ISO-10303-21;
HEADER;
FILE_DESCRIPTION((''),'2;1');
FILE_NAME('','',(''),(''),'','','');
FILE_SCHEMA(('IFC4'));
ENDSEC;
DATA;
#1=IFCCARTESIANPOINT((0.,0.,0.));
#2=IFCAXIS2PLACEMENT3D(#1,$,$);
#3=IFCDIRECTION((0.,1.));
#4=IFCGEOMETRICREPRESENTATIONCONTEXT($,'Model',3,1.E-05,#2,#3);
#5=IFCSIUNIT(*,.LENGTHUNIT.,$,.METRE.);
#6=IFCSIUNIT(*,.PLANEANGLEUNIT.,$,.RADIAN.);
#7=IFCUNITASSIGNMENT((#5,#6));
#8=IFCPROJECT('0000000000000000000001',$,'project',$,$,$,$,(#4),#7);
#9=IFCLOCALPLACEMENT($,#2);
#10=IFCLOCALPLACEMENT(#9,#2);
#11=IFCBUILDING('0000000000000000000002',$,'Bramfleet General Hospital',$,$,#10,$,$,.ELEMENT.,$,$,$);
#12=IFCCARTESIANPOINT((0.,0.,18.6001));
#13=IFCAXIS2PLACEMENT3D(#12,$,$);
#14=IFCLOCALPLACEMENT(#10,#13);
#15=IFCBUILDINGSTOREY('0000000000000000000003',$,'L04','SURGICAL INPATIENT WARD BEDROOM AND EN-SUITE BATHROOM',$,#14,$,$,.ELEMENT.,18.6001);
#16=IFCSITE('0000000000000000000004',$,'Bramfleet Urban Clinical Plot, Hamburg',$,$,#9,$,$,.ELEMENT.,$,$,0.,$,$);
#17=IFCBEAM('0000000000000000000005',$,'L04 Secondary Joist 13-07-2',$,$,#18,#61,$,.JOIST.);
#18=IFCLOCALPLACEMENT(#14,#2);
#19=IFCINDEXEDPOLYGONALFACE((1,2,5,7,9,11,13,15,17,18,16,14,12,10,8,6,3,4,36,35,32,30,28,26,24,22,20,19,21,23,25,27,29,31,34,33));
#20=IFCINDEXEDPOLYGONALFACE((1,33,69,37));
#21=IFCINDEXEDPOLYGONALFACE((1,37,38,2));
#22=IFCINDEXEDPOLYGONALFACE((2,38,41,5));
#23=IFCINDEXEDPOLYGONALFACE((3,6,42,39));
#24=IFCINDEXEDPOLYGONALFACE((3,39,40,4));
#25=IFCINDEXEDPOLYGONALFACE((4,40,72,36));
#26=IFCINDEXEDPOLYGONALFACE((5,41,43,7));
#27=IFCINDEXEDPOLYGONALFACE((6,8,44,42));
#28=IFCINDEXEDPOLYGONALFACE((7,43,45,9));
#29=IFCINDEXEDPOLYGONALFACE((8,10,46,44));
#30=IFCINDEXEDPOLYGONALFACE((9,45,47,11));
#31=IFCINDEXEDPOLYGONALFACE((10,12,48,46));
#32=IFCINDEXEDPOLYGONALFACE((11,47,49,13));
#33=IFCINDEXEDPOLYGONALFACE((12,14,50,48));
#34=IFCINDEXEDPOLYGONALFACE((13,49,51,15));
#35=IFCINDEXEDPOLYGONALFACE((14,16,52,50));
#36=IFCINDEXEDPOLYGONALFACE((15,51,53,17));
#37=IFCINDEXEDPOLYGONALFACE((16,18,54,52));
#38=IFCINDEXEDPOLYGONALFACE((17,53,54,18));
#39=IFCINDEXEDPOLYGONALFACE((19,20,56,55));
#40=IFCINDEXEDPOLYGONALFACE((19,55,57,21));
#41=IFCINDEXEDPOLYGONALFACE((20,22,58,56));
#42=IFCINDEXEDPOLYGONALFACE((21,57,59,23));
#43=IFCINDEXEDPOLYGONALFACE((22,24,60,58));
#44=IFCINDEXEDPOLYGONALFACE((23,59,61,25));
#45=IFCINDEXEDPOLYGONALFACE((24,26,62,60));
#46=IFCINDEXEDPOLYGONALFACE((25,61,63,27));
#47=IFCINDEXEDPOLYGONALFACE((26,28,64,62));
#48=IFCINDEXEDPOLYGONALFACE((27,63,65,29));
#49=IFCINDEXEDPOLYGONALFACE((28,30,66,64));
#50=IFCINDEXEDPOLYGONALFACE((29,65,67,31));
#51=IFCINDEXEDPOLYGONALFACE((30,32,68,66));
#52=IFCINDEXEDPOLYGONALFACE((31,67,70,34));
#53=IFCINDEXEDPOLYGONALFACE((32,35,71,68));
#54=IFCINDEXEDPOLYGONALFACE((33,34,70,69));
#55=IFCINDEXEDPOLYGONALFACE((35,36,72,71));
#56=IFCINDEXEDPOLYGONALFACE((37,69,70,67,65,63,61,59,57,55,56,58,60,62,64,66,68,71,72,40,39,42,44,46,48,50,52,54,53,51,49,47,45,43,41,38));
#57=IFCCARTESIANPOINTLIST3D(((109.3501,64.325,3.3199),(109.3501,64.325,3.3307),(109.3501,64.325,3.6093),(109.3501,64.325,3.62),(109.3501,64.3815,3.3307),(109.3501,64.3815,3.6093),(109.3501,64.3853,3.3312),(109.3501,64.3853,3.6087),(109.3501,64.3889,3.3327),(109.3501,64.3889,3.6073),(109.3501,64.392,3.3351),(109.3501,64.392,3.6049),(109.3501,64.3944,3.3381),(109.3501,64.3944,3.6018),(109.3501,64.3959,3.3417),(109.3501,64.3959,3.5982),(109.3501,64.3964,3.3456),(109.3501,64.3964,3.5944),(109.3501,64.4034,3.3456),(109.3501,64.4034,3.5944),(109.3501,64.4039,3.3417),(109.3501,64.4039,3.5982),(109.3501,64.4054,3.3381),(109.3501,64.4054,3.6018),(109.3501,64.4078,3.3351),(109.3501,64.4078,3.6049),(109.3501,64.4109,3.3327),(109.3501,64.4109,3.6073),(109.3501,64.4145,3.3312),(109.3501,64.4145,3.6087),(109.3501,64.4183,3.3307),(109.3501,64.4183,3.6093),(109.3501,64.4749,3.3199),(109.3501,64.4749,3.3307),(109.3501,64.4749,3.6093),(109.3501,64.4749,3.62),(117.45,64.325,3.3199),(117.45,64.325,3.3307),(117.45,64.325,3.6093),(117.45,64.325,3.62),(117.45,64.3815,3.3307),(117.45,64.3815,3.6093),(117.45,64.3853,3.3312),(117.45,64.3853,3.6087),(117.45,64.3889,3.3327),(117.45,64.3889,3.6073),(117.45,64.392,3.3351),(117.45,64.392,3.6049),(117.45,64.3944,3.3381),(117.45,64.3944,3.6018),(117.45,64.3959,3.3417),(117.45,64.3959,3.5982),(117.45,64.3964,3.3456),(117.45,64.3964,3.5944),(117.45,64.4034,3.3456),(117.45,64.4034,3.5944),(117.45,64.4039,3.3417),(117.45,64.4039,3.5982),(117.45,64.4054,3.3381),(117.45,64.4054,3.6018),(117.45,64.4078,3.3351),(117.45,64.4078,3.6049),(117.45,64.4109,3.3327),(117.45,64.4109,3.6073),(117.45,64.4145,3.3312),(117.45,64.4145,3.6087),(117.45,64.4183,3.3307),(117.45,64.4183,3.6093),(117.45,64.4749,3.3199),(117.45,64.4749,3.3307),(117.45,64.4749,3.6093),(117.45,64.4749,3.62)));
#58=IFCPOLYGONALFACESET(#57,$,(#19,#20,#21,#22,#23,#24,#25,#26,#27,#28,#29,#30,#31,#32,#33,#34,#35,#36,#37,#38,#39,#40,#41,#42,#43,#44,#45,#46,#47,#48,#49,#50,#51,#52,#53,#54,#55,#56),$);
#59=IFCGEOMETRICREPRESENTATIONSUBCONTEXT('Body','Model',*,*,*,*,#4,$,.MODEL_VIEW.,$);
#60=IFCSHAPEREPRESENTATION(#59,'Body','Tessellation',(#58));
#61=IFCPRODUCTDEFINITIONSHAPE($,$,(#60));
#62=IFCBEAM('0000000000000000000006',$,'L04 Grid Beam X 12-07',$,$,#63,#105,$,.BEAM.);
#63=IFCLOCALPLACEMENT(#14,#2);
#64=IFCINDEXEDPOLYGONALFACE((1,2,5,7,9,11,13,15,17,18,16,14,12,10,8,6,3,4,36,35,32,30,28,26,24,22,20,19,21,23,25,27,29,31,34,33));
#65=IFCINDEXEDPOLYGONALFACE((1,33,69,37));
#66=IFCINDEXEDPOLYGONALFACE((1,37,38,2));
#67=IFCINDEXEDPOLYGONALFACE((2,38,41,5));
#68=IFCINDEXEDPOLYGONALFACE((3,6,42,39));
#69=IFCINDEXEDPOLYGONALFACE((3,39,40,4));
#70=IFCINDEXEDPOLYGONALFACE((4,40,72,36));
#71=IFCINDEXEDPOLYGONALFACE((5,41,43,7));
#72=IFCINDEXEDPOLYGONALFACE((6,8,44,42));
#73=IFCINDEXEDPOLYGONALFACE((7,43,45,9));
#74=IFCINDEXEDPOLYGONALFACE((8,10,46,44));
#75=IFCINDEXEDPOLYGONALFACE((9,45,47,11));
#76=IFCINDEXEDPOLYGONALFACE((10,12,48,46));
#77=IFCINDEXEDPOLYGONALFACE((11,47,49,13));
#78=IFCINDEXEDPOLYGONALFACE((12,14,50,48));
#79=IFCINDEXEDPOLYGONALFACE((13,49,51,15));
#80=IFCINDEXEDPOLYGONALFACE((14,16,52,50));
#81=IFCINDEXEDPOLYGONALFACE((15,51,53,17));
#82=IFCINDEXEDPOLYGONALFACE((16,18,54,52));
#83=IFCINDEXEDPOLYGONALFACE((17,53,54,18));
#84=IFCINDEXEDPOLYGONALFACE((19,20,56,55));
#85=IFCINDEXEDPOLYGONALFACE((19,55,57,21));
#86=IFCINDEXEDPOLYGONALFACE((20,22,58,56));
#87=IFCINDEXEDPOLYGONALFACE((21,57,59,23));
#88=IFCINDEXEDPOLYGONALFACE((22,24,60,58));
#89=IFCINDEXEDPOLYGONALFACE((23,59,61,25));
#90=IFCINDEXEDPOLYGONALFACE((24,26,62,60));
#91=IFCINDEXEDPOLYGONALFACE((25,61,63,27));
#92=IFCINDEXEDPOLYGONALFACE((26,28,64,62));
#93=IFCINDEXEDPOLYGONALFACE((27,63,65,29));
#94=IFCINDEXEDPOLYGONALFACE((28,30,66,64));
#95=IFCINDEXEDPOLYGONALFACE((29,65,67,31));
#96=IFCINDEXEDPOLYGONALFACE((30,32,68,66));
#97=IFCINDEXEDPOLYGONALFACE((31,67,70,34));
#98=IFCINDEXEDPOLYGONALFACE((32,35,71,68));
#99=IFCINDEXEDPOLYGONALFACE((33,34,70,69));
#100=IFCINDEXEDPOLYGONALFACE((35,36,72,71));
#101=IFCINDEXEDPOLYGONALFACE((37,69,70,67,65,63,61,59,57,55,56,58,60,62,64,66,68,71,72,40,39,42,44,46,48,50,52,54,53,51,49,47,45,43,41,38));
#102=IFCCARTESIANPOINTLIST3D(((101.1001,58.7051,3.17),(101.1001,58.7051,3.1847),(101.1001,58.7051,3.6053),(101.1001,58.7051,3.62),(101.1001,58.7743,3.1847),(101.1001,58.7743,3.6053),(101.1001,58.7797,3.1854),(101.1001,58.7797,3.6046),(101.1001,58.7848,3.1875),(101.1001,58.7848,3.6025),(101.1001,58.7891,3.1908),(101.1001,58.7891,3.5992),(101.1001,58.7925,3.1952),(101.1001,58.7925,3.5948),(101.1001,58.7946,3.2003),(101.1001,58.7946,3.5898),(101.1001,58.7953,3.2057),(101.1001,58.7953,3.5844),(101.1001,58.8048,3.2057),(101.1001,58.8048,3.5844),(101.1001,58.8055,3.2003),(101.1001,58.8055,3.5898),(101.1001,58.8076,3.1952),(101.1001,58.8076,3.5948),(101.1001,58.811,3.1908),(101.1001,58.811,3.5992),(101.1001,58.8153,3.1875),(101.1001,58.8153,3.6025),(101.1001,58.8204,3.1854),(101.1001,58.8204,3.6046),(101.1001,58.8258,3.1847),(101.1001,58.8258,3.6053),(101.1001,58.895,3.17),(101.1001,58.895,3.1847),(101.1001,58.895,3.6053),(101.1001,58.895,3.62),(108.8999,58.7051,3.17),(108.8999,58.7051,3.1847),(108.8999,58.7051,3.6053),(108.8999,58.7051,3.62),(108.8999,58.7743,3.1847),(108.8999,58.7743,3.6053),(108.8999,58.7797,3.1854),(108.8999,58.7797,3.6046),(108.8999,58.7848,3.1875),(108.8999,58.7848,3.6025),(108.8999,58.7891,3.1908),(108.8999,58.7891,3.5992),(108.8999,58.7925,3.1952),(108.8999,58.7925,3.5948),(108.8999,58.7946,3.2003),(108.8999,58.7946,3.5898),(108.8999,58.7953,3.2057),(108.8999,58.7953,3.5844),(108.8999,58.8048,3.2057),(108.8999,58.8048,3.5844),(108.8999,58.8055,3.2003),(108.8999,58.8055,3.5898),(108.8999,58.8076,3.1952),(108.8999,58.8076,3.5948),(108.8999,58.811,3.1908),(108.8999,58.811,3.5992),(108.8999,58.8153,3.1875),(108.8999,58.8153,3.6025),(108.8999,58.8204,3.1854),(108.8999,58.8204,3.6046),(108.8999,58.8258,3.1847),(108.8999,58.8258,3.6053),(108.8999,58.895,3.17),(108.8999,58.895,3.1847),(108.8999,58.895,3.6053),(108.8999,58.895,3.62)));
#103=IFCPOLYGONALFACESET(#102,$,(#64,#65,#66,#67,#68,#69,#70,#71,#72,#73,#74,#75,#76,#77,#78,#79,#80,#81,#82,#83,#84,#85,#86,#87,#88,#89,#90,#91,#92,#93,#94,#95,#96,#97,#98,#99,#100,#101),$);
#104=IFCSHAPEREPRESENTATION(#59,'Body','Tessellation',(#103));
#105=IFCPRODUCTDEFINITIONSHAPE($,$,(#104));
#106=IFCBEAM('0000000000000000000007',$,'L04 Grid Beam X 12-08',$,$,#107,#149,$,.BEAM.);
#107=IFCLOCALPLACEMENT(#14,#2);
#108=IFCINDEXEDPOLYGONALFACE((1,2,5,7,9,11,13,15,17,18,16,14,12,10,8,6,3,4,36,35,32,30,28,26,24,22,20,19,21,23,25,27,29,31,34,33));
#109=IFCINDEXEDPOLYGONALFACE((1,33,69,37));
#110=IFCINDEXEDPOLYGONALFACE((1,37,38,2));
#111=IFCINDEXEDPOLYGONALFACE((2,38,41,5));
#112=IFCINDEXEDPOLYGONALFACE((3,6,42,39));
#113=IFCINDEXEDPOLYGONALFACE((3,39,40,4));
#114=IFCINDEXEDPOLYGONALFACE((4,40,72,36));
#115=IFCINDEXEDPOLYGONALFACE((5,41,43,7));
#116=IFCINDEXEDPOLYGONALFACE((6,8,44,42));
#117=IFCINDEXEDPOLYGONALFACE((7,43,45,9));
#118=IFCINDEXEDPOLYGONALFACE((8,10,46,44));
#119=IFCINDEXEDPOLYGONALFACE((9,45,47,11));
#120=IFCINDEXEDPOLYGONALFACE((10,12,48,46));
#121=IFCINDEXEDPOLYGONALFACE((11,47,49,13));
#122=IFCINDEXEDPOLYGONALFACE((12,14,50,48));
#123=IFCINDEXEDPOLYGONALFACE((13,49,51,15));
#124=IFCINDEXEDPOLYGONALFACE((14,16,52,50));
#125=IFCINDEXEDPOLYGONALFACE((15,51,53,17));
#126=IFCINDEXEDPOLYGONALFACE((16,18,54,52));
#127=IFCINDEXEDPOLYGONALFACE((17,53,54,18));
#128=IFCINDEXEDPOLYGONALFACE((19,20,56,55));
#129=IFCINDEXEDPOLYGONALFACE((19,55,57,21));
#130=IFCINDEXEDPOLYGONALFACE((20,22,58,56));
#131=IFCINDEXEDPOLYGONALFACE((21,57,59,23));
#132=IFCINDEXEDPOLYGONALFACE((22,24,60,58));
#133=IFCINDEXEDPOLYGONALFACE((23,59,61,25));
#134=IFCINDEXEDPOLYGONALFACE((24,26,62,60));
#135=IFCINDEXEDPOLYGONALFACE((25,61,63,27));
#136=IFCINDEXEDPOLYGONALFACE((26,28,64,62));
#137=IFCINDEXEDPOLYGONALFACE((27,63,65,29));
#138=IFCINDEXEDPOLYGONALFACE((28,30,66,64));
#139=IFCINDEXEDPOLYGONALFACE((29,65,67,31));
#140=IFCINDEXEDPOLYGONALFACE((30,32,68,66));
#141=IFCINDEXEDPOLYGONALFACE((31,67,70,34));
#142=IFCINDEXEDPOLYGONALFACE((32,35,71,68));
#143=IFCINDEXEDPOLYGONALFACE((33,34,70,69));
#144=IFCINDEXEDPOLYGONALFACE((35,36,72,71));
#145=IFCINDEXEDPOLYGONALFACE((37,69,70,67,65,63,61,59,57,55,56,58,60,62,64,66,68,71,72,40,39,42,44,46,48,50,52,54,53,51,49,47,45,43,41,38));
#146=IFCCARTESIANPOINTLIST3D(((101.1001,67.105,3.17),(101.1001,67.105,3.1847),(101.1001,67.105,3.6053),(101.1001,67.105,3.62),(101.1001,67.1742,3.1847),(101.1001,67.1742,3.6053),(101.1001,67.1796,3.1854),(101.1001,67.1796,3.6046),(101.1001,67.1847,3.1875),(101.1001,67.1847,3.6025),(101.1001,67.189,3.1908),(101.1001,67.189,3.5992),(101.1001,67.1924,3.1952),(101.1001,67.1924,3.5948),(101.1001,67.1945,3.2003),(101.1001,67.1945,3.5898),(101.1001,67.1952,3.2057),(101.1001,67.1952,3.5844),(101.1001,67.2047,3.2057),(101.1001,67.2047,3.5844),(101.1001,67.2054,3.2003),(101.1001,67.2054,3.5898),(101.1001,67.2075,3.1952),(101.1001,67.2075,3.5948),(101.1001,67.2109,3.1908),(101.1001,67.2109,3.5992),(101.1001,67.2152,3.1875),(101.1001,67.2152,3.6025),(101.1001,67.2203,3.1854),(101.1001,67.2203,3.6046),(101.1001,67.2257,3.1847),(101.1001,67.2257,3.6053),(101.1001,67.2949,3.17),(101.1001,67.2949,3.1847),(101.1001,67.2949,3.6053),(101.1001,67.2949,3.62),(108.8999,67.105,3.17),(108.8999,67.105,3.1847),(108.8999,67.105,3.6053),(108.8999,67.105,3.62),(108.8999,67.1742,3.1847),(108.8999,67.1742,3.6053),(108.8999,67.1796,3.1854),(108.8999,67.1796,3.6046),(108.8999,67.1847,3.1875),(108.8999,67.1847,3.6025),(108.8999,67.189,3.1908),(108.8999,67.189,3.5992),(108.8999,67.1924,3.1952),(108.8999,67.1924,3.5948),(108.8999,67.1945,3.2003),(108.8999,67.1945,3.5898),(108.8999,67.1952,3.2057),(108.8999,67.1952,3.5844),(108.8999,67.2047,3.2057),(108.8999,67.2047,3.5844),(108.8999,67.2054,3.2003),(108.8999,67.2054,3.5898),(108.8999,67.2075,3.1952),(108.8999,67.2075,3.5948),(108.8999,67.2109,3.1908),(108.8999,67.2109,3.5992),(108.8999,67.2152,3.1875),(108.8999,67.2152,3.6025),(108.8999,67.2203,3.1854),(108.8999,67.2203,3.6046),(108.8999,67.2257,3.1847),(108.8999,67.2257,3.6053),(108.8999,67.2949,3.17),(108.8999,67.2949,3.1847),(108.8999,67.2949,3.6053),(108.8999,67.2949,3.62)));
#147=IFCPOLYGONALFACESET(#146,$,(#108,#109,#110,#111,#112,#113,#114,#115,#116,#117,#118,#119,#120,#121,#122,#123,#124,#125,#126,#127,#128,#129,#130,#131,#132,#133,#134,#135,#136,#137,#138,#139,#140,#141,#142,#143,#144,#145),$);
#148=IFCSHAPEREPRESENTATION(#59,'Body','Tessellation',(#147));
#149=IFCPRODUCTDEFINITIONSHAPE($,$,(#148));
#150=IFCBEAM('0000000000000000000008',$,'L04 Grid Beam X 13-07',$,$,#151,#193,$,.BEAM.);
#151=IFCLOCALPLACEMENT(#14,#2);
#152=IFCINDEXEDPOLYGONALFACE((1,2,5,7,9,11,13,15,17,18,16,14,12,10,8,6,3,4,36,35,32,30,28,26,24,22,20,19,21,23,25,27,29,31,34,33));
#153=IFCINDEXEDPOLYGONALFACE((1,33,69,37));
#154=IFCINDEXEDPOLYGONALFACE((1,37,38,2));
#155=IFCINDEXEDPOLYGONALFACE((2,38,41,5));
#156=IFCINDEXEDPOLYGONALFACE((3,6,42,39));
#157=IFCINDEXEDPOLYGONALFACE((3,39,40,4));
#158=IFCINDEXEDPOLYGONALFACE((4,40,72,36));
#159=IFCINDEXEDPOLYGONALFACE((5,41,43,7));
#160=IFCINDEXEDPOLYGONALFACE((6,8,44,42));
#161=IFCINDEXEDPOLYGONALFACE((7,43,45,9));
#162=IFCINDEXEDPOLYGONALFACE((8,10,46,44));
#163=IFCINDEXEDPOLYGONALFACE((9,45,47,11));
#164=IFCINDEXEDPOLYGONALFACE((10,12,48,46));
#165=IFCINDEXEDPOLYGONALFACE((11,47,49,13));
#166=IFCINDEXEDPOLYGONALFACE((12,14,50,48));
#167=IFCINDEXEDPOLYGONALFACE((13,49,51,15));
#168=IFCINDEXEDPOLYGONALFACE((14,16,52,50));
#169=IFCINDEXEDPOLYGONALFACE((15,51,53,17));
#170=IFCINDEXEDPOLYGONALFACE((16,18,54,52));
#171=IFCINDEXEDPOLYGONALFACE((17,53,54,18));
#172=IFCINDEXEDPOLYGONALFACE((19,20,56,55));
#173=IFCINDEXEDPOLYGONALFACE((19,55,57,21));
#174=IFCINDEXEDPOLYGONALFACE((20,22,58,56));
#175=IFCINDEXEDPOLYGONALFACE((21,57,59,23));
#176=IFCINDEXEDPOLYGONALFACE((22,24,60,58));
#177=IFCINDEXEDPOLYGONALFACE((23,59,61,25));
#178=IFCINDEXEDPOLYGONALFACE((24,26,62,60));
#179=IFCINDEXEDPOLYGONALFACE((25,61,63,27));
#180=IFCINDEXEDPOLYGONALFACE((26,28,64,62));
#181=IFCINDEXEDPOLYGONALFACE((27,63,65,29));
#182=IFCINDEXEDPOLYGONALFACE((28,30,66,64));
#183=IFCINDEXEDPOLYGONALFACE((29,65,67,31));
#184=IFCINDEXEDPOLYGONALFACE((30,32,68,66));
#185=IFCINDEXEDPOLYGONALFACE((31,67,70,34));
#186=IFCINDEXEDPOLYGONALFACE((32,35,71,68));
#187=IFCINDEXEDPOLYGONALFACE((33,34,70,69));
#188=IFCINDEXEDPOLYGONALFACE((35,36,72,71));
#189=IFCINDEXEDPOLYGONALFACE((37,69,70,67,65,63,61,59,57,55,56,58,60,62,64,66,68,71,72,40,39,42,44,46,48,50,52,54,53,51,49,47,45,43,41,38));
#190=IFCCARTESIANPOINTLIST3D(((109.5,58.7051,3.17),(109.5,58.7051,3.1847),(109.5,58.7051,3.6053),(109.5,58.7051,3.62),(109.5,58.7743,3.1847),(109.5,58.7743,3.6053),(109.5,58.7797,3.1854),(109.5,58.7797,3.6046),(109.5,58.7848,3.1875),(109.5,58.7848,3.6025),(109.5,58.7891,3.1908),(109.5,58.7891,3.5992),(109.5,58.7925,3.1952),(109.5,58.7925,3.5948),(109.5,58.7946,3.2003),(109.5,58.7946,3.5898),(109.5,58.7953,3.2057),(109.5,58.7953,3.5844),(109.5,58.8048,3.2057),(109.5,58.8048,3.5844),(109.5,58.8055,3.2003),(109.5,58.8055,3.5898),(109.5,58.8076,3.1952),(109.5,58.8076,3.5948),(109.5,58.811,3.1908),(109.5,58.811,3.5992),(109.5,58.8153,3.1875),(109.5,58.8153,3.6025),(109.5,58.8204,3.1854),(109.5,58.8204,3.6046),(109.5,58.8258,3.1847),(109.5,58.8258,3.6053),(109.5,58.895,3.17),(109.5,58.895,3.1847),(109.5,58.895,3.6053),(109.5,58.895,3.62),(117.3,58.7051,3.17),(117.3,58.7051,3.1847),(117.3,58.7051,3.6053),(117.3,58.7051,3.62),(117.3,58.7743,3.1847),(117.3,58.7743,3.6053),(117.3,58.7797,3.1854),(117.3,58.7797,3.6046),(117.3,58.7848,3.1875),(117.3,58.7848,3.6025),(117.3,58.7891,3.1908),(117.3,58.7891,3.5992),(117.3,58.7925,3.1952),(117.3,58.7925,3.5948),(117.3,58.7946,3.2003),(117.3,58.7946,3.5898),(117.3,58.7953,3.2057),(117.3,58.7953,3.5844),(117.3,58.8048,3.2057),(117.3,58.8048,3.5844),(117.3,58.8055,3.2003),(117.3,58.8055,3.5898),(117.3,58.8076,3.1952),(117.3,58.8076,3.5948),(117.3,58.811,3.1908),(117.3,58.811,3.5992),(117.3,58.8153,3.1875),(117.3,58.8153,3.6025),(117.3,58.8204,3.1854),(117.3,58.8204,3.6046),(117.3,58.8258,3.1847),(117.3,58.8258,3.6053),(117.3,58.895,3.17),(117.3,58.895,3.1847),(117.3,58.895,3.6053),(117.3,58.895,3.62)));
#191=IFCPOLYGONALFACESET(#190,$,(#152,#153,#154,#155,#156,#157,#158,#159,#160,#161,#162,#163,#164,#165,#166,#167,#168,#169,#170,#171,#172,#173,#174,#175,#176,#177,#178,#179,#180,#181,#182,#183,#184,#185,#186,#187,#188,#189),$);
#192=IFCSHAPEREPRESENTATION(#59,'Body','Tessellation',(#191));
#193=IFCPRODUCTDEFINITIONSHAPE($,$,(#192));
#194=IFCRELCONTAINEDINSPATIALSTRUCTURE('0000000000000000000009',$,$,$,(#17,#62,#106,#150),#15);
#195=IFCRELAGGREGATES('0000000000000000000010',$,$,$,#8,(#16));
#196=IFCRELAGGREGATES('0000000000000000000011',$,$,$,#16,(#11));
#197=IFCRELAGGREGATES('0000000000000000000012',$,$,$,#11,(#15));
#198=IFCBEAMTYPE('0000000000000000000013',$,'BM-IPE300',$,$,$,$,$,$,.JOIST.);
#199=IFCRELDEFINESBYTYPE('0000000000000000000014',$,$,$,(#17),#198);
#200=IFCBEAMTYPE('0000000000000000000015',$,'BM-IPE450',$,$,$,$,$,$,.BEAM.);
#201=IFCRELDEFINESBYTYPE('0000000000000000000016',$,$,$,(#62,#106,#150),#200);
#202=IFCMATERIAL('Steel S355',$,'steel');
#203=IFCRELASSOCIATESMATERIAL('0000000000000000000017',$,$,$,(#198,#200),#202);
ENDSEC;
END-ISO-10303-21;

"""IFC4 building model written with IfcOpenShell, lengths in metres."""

from ifc_helpers import new_model, si_unit, direction, frame, origin, origin_2d, place, context, subcontext, project, spatial, i_section, extrude, material, material_profile, profile_set, type_object, element, save


model = new_model("IFC4")

# Units and contexts
model_context = context("Model", 3, precision=1e-05, world=origin(), true_north=direction((0.0, 1.0)))
body_context = subcontext(model_context, "Body", "Model", "MODEL_VIEW")
ifc_project = project(units=[si_unit("LENGTHUNIT", "METRE"), si_unit("PLANEANGLEUNIT", "RADIAN")], contexts=[model_context])

# Site, building, storey
site_placement = place(None, origin())
site = spatial("IfcSite", under=ifc_project, at=site_placement, Name="Bramfleet Urban Clinical Plot, Hamburg", CompositionType="ELEMENT", RefElevation=0.0)
building_placement = place(site_placement, origin())
building = spatial("IfcBuilding", under=site, at=building_placement, Name="Bramfleet General Hospital", CompositionType="ELEMENT")
storey_placement = place(building_placement, frame((0.0, 0.0, 18.6001)))
storey = spatial("IfcBuildingStorey", under=building, at=storey_placement, Name="L04", Description="SURGICAL INPATIENT WARD BEDROOM AND EN-SUITE BATHROOM", CompositionType="ELEMENT", Elevation=18.6001)

# Beams
ifc_material_1 = material(Name="Steel S355", Category="steel")
ifc_material_profile_1 = material_profile(ifc_material_1, i_section(OverallWidth=0.1499, OverallDepth=0.3, WebThickness=0.0071, FlangeThickness=0.0107, FilletRadius=0.0149, at=origin_2d()), Name="IPE 300")
ifc_profile_set_1 = profile_set([ifc_material_profile_1], Name="Steel S355")
beam_type_1 = type_object("IfcBeamType", Name="BM-IPE300", PredefinedType="JOIST", material=ifc_profile_set_1)
for number, where, z_axis, x_axis, name in (
    (1, (109.3501, 64.3999, 3.47), (1.0, 0.0, 0.0), (0.0, 1.0, 0.0), "L04 Secondary Joist 13-07-2"),
):
    element("IfcBeam", number, at=place(storey_placement, frame(where, z_axis=z_axis, x_axis=x_axis)), inside=storey, type_object=beam_type_1, Name=name, PredefinedType="JOIST", context=body_context, shape_type="SweptSolid", body=[
        extrude(i_section(OverallWidth=0.1499, OverallDepth=0.3, WebThickness=0.0071, FlangeThickness=0.0107, FilletRadius=0.0149, at=origin_2d()), origin(), (0.0, 0.0, 1.0), 8.0999),
    ])
ifc_material_profile_2 = material_profile(ifc_material_1, i_section(OverallWidth=0.1899, OverallDepth=0.45, WebThickness=0.0095, FlangeThickness=0.0146, FilletRadius=0.021, at=origin_2d()), Name="IPE 450")
ifc_profile_set_2 = profile_set([ifc_material_profile_2], Name="Steel S355")
beam_type_2 = type_object("IfcBeamType", Name="BM-IPE450", PredefinedType="BEAM", material=ifc_profile_set_2)
for number, where, z_axis, x_axis, name in (
    (2, (101.1001, 58.8, 3.395), (1.0, 0.0, 0.0), (0.0, 1.0, 0.0), "L04 Grid Beam X 12-07"),
    (3, (101.1001, 67.2, 3.395), (1.0, 0.0, 0.0), (0.0, 1.0, 0.0), "L04 Grid Beam X 12-08"),
):
    element("IfcBeam", number, at=place(storey_placement, frame(where, z_axis=z_axis, x_axis=x_axis)), inside=storey, type_object=beam_type_2, Name=name, PredefinedType="BEAM", context=body_context, shape_type="SweptSolid", body=[
        extrude(i_section(OverallWidth=0.1899, OverallDepth=0.45, WebThickness=0.0095, FlangeThickness=0.0146, FilletRadius=0.021, at=origin_2d()), origin(), (0.0, 0.0, 1.0), 7.7998),
    ])
beam_1_placement = place(storey_placement, frame((109.5, 58.8, 3.395), z_axis=(1.0, 0.0, 0.0), x_axis=(0.0, 1.0, 0.0)))
element("IfcBeam", 4, at=beam_1_placement, inside=storey, type_object=beam_type_2, Name="L04 Grid Beam X 13-07", PredefinedType="BEAM", context=body_context, shape_type="SweptSolid", body=[
    extrude(i_section(OverallWidth=0.1899, OverallDepth=0.45, WebThickness=0.0095, FlangeThickness=0.0146, FilletRadius=0.021, at=origin_2d()), origin(), (0.0, 0.0, 1.0), 7.8),
])

save(model, "model.ifc")
